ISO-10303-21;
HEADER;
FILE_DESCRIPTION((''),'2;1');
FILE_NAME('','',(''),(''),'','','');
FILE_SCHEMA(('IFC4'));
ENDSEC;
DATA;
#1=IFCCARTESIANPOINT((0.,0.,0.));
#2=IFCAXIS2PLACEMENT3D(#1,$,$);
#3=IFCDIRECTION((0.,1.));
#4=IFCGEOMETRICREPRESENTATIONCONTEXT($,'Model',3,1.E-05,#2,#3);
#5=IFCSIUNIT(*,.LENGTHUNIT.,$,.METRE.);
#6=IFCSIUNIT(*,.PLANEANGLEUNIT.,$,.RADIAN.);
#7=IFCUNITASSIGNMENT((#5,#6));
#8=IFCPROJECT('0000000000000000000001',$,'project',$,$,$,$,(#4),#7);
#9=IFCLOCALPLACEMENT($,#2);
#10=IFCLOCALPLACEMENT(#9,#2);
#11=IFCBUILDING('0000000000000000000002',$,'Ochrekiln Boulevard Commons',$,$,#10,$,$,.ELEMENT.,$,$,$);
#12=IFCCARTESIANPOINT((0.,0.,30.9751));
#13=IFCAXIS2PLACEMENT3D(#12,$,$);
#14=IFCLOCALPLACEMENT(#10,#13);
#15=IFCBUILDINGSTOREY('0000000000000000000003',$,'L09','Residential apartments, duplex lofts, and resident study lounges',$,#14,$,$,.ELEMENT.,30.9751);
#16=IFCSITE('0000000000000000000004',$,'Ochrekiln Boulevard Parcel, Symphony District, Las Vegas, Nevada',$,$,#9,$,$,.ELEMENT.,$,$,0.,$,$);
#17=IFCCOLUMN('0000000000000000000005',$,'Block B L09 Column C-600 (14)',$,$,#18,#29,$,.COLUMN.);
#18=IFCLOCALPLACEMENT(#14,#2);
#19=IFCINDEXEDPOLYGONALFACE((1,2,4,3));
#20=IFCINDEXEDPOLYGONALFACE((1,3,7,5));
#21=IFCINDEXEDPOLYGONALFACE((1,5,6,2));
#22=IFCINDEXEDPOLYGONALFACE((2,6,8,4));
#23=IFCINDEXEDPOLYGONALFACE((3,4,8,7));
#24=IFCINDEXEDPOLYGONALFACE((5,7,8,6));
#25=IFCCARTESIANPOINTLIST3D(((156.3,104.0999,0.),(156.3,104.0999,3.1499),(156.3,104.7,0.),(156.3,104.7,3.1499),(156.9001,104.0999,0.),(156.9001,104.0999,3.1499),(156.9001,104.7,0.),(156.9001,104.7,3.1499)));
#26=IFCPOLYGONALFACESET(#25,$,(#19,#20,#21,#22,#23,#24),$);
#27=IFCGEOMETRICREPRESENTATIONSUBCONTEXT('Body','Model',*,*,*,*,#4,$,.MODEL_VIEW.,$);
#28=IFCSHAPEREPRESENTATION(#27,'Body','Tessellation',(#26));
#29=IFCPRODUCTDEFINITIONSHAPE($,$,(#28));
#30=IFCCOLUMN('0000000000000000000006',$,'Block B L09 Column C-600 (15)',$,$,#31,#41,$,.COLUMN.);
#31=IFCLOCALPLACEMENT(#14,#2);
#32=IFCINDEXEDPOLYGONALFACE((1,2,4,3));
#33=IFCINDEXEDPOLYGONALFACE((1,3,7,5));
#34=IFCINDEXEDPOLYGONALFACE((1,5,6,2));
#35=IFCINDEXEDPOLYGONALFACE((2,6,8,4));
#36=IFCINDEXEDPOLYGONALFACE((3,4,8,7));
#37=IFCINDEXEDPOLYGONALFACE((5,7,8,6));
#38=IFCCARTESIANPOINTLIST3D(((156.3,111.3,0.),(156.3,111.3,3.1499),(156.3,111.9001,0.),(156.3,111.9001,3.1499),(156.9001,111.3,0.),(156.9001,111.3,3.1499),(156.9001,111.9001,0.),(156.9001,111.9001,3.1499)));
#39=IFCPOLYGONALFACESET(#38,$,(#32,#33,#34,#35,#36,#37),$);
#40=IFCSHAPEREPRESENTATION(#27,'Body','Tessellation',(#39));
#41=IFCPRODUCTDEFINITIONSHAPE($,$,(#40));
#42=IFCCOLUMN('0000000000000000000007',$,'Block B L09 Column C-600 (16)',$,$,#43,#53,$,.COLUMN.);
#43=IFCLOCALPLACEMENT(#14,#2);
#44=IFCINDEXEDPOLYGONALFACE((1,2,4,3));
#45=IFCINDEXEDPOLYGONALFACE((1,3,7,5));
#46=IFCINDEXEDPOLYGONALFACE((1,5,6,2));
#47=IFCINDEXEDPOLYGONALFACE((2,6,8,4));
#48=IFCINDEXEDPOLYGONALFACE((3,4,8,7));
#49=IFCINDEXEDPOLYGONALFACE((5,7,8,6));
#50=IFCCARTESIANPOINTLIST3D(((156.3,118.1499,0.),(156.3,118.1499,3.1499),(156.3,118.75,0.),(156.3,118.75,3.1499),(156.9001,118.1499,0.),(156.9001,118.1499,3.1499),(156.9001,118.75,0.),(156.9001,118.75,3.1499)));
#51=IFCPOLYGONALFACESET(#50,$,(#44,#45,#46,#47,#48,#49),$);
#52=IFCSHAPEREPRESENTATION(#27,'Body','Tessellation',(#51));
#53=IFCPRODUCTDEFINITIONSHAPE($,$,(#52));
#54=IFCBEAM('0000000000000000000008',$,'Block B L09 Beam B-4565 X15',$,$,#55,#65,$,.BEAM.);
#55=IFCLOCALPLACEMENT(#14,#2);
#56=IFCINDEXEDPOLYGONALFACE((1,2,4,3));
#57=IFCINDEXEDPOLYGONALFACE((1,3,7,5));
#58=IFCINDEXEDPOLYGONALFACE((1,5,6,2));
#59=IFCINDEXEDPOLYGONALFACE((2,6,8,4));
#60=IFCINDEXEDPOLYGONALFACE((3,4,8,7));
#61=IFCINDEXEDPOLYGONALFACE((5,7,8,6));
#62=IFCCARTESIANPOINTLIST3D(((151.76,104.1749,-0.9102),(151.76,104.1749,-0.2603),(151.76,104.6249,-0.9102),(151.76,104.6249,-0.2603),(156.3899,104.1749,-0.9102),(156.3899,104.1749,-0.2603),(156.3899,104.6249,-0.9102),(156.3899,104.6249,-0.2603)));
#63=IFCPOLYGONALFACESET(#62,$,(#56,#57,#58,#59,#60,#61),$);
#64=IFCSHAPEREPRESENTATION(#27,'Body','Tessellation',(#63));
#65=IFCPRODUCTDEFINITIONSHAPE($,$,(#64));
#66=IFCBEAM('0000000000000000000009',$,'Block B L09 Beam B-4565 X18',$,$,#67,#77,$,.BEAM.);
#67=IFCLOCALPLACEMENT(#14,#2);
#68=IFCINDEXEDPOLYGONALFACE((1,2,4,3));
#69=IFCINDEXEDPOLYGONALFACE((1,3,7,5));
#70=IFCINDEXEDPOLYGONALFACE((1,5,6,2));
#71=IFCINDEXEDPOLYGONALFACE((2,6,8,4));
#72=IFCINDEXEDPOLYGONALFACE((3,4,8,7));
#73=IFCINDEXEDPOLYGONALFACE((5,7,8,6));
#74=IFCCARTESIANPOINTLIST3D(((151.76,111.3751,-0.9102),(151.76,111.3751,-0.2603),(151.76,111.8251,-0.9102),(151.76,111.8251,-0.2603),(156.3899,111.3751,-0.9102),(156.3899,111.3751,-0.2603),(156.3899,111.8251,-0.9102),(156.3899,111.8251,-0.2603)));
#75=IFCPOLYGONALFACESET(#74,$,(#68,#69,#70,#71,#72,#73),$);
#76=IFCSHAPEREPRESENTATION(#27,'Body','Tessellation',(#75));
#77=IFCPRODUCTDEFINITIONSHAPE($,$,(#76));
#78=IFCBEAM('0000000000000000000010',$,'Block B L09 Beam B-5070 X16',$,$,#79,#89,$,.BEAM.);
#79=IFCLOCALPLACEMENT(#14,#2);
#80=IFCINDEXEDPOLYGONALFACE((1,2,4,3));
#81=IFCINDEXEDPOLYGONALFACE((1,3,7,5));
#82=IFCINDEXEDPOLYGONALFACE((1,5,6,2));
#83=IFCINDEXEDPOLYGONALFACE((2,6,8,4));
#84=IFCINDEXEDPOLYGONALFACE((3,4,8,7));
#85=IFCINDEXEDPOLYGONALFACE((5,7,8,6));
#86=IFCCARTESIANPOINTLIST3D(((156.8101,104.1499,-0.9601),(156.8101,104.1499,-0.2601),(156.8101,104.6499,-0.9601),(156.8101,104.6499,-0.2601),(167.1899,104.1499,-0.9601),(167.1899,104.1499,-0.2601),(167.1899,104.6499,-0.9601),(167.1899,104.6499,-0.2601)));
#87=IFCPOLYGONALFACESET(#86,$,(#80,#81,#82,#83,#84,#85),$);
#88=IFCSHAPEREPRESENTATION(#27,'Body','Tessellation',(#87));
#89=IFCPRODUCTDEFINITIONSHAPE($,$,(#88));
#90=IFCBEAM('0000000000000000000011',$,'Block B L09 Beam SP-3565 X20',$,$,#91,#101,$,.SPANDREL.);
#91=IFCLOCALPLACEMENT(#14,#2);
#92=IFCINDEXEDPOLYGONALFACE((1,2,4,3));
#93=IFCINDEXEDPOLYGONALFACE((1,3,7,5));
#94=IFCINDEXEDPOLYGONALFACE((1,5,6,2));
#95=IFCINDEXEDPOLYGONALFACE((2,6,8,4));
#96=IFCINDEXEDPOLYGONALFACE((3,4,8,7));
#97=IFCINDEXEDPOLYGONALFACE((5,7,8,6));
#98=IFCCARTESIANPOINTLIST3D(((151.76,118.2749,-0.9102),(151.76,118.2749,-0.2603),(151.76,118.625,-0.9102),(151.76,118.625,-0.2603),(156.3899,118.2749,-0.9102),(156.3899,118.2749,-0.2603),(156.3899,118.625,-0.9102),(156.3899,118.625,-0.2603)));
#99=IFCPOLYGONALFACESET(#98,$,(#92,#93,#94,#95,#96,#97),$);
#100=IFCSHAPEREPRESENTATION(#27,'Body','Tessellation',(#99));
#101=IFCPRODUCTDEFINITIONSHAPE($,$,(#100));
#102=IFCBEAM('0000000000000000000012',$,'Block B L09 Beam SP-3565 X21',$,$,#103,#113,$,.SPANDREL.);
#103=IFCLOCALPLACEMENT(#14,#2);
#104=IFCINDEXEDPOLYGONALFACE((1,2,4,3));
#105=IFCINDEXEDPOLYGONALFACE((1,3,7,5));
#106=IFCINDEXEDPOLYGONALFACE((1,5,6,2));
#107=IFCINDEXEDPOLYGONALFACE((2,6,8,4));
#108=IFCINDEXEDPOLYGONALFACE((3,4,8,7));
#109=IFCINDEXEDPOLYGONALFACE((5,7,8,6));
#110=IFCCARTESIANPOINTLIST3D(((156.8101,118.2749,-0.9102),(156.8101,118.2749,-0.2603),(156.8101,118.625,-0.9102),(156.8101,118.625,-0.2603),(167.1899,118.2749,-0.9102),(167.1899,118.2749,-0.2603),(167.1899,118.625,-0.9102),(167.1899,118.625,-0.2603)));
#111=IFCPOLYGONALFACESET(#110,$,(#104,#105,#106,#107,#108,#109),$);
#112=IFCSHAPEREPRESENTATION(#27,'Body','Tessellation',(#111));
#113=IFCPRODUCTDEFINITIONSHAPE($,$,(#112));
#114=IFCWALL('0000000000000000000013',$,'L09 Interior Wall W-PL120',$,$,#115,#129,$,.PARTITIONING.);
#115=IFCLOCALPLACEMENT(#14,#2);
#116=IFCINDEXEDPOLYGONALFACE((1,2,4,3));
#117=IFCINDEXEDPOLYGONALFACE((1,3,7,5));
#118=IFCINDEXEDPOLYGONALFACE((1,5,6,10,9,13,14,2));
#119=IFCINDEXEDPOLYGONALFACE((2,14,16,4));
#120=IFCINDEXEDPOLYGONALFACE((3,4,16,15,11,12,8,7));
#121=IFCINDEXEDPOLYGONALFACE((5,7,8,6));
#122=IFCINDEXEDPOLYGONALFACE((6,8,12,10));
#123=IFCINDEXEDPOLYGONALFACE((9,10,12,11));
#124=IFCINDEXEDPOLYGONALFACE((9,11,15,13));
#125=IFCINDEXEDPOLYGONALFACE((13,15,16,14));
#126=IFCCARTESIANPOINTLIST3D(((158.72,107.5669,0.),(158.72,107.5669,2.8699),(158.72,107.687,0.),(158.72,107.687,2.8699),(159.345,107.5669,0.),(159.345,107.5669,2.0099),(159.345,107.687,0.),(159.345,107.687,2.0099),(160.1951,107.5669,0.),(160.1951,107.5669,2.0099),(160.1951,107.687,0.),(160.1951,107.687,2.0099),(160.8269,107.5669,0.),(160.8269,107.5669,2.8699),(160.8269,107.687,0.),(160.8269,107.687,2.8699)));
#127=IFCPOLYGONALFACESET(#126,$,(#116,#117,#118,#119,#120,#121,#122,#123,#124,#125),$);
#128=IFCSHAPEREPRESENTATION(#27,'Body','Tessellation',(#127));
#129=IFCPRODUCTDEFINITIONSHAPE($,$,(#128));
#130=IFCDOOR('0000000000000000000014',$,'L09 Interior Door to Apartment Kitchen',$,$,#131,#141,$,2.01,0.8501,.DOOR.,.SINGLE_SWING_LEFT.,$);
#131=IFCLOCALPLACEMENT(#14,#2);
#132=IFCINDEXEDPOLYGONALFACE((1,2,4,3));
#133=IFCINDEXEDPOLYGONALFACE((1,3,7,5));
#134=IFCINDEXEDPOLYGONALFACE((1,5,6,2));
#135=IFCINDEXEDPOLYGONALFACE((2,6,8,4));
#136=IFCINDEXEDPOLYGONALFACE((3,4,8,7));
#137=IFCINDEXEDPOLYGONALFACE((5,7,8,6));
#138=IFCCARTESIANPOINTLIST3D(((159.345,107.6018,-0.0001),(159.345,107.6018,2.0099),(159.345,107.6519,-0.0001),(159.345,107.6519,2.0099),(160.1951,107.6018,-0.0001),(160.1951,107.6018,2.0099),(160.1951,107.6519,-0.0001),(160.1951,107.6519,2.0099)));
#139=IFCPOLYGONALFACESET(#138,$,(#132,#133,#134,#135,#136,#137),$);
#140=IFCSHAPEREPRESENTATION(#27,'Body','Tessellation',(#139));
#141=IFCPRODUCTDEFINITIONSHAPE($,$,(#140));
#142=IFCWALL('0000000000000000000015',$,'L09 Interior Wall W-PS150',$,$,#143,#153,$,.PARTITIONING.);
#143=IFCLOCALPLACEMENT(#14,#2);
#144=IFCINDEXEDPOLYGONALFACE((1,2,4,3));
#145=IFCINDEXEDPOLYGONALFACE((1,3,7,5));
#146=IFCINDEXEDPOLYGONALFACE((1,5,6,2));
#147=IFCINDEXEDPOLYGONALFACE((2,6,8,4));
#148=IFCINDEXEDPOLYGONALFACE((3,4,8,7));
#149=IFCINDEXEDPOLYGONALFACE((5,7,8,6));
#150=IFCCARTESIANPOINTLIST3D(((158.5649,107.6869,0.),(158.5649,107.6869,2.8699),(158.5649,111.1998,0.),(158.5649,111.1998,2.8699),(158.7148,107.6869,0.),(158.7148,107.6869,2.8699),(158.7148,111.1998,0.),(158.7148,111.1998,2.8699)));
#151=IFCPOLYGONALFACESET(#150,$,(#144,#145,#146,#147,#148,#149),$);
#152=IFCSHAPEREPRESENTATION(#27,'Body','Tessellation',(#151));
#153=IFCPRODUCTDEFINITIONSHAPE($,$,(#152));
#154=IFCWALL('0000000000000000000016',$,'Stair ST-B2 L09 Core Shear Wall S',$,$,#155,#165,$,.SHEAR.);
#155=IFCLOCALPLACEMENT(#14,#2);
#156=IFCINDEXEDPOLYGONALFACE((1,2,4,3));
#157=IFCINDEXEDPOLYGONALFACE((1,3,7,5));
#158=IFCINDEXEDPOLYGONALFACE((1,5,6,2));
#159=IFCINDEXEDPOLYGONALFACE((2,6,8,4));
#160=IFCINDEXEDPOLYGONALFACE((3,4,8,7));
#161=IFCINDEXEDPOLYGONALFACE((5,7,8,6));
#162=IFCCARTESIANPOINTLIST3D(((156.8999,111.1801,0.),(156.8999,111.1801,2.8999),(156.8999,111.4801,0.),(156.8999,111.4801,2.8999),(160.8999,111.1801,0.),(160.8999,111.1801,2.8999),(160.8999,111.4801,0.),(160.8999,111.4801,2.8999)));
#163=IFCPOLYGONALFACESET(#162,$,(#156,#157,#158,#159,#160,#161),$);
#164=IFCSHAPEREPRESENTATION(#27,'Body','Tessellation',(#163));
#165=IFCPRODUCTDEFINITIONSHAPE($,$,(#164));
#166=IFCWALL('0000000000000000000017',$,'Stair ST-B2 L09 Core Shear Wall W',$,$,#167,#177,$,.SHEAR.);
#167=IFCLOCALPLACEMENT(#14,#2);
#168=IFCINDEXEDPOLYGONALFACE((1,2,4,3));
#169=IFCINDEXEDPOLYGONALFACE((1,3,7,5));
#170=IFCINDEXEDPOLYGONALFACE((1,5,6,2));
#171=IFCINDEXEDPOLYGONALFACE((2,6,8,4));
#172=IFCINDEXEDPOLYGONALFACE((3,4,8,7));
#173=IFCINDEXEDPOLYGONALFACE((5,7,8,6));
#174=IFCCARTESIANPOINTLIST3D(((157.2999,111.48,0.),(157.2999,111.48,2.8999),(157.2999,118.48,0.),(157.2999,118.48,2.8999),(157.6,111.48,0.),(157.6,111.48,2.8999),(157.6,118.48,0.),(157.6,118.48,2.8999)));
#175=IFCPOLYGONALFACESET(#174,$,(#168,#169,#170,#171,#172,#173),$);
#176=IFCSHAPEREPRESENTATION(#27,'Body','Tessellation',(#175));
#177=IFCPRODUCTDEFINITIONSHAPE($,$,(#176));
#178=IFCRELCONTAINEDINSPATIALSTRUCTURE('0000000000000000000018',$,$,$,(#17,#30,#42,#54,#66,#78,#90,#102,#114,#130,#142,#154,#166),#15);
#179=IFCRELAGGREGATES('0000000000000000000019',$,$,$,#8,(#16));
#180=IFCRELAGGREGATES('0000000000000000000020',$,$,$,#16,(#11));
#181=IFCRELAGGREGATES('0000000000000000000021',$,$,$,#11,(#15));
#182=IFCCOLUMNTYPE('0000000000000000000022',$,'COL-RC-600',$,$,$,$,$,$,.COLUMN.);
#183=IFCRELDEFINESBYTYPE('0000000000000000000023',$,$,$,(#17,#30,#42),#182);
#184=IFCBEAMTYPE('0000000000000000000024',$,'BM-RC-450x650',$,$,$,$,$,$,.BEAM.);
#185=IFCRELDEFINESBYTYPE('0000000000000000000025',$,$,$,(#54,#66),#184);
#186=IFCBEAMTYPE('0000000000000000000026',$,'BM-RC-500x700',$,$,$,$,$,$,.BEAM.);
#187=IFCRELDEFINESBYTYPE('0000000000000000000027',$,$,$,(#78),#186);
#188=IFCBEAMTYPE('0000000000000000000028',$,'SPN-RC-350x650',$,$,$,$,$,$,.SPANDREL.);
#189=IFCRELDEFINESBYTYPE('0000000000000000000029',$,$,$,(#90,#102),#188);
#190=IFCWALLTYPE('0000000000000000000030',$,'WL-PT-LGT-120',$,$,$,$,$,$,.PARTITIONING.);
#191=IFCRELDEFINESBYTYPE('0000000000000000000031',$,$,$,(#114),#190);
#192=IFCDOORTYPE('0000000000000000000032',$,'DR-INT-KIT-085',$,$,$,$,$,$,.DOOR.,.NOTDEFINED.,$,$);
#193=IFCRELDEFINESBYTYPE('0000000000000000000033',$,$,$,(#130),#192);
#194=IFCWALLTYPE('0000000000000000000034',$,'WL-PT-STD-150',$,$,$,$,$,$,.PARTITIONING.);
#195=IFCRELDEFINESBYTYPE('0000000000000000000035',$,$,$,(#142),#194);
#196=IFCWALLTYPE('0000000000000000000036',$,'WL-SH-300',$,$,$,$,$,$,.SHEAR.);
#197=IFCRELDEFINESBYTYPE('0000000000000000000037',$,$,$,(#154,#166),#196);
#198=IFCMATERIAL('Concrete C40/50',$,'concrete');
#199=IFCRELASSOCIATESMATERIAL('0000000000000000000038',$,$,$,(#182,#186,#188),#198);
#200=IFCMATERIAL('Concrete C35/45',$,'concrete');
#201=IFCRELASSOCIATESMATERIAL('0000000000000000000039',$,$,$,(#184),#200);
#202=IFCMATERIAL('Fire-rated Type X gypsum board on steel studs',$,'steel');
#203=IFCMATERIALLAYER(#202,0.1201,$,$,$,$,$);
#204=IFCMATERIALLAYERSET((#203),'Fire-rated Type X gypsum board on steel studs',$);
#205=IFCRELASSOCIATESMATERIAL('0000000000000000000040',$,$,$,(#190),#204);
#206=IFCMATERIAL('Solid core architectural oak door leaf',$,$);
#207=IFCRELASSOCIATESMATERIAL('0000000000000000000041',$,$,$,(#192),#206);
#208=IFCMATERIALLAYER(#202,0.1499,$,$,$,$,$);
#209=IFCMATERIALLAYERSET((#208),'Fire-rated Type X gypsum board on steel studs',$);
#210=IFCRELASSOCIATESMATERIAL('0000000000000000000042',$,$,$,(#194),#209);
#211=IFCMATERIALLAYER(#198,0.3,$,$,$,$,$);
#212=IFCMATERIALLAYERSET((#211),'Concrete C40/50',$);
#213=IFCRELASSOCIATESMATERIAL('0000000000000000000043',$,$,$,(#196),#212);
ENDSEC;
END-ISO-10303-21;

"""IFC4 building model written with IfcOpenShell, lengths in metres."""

from ifc_helpers import new_model, si_unit, direction, frame, frame_2d, origin, origin_2d, place, context, subcontext, project, spatial, rectangle, extrude, material, layer, layer_set, material_profile, profile_set, type_object, element, fill, save


model = new_model("IFC4")

# Units and contexts
model_context = context("Model", 3, precision=1e-05, world=origin(), true_north=direction((0.0, 1.0)))
body_context = subcontext(model_context, "Body", "Model", "MODEL_VIEW")
ifc_project = project(units=[si_unit("LENGTHUNIT", "METRE"), si_unit("PLANEANGLEUNIT", "RADIAN")], contexts=[model_context])

# Site, building, storey
site_placement = place(None, origin())
site = spatial("IfcSite", under=ifc_project, at=site_placement, Name="Ochrekiln Boulevard Parcel, Symphony District, Las Vegas, Nevada", CompositionType="ELEMENT", RefElevation=0.0)
building_placement = place(site_placement, origin())
building = spatial("IfcBuilding", under=site, at=building_placement, Name="Ochrekiln Boulevard Commons", CompositionType="ELEMENT")
storey_placement = place(building_placement, frame((0.0, 0.0, 30.9751)))
storey = spatial("IfcBuildingStorey", under=building, at=storey_placement, Name="L09", Description="Residential apartments, duplex lofts, and resident study lounges", CompositionType="ELEMENT", Elevation=30.9751)

# Columns
ifc_material_1 = material(Name="Concrete C40/50", Category="concrete")
ifc_material_profile_1 = material_profile(ifc_material_1, rectangle(XDim=0.6001, YDim=0.6001, at=origin_2d()), Name="RC-COL-600x600")
ifc_profile_set_1 = profile_set([ifc_material_profile_1], Name="Concrete C40/50")
column_type = type_object("IfcColumnType", Name="COL-RC-600", PredefinedType="COLUMN", material=ifc_profile_set_1)
for number, where, z_axis, x_axis, name in (
    (1, (156.6001, 104.3999, 0.0), (0.0, 0.0, 1.0), (1.0, 0.0, 0.0), "Block B L09 Column C-600 (14)"),
    (2, (156.6001, 111.6001, 0.0), (0.0, 0.0, 1.0), (1.0, 0.0, 0.0), "Block B L09 Column C-600 (15)"),
    (3, (156.6001, 118.45, 0.0), (0.0, 0.0, 1.0), (1.0, 0.0, 0.0), "Block B L09 Column C-600 (16)"),
):
    element("IfcColumn", number, at=place(storey_placement, frame(where, z_axis=z_axis, x_axis=x_axis)), inside=storey, type_object=column_type, Name=name, PredefinedType="COLUMN", context=body_context, shape_type="SweptSolid", body=[
        extrude(rectangle(XDim=0.6001, YDim=0.6001, at=origin_2d()), origin(), (0.0, 0.0, 1.0), 3.1499),
    ])

# Beams
ifc_material_2 = material(Name="Concrete C35/45", Category="concrete")
ifc_material_profile_2 = material_profile(ifc_material_2, rectangle(XDim=0.45, YDim=0.6499, at=origin_2d()), Name="RC-BM-450x650")
ifc_profile_set_2 = profile_set([ifc_material_profile_2], Name="Concrete C35/45")
beam_type_1 = type_object("IfcBeamType", Name="BM-RC-450x650", PredefinedType="BEAM", material=ifc_profile_set_2)
for number, where, z_axis, x_axis, name in (
    (4, (151.76, 104.3999, -0.5852), (1.0, 0.0, 0.0), (0.0, 1.0, 0.0), "Block B L09 Beam B-4565 X15"),
    (5, (151.76, 111.6001, -0.5852), (1.0, 0.0, 0.0), (0.0, 1.0, 0.0), "Block B L09 Beam B-4565 X18"),
):
    element("IfcBeam", number, at=place(storey_placement, frame(where, z_axis=z_axis, x_axis=x_axis)), inside=storey, type_object=beam_type_1, Name=name, PredefinedType="BEAM", context=body_context, shape_type="SweptSolid", body=[
        extrude(rectangle(XDim=0.45, YDim=0.6499, at=origin_2d()), origin(), (0.0, 0.0, 1.0), 4.6299),
    ])
ifc_material_profile_3 = material_profile(ifc_material_1, rectangle(XDim=0.5, YDim=0.7, at=origin_2d()), Name="RC-BM-500x700")
ifc_profile_set_3 = profile_set([ifc_material_profile_3], Name="Concrete C40/50")
beam_type_2 = type_object("IfcBeamType", Name="BM-RC-500x700", PredefinedType="BEAM", material=ifc_profile_set_3)
beam_1_placement = place(storey_placement, frame((156.8101, 104.3999, -0.6101), z_axis=(1.0, 0.0, 0.0), x_axis=(0.0, 1.0, 0.0)))
element("IfcBeam", 6, at=beam_1_placement, inside=storey, type_object=beam_type_2, Name="Block B L09 Beam B-5070 X16", PredefinedType="BEAM", context=body_context, shape_type="SweptSolid", body=[
    extrude(rectangle(XDim=0.5, YDim=0.7, at=origin_2d()), origin(), (0.0, 0.0, 1.0), 10.3799),
])
ifc_material_profile_4 = material_profile(ifc_material_1, rectangle(XDim=0.3501, YDim=0.6499, at=origin_2d()), Name="RC-SPN-350x650")
ifc_profile_set_4 = profile_set([ifc_material_profile_4], Name="Concrete C40/50")
beam_type_3 = type_object("IfcBeamType", Name="SPN-RC-350x650", PredefinedType="SPANDREL", material=ifc_profile_set_4)
beam_2_placement = place(storey_placement, frame((151.76, 118.45, -0.5852), z_axis=(1.0, 0.0, 0.0), x_axis=(0.0, 1.0, 0.0)))
element("IfcBeam", 7, at=beam_2_placement, inside=storey, type_object=beam_type_3, Name="Block B L09 Beam SP-3565 X20", PredefinedType="SPANDREL", context=body_context, shape_type="SweptSolid", body=[
    extrude(rectangle(XDim=0.3501, YDim=0.6499, at=origin_2d()), origin(), (0.0, 0.0, 1.0), 4.6299),
])
beam_3_placement = place(storey_placement, frame((156.8101, 118.45, -0.5852), z_axis=(1.0, 0.0, 0.0), x_axis=(0.0, 1.0, 0.0)))
element("IfcBeam", 8, at=beam_3_placement, inside=storey, type_object=beam_type_3, Name="Block B L09 Beam SP-3565 X21", PredefinedType="SPANDREL", context=body_context, shape_type="SweptSolid", body=[
    extrude(rectangle(XDim=0.3501, YDim=0.6499, at=origin_2d()), origin(), (0.0, 0.0, 1.0), 10.3799),
])

# Wall, opening, door
ifc_material_3 = material(Name="Fire-rated Type X gypsum board on steel studs", Category="steel")
ifc_layer_1 = layer(ifc_material_3, 0.1201)
ifc_layer_set_1 = layer_set([ifc_layer_1], Name="Fire-rated Type X gypsum board on steel studs")
wall_type_1 = type_object("IfcWallType", Name="WL-PT-LGT-120", PredefinedType="PARTITIONING", material=ifc_layer_set_1)
wall_1_placement = place(storey_placement, frame((158.72, 107.627, 0.0), z_axis=(0.0, 0.0, 1.0), x_axis=(1.0, 0.0, 0.0)))
wall_1 = element("IfcWall", 9, at=wall_1_placement, inside=storey, type_object=wall_type_1, Name="L09 Interior Wall W-PL120", PredefinedType="PARTITIONING", context=body_context, shape_type="SweptSolid", body=[
    extrude(rectangle(XDim=2.1069, YDim=0.1201, at=frame_2d((1.0535, 0.0))), origin(), (0.0, 0.0, 1.0), 2.8699),
])
opening_1_placement = place(wall_1_placement, frame((0.625, 0.0, 0.0)))
opening_1 = element("IfcOpeningElement", 10, at=opening_1_placement, cuts=wall_1, PredefinedType="OPENING", context=body_context, shape_type="SweptSolid", body=[
    extrude(rectangle(XDim=0.8501, YDim=2.01, at=frame_2d((0.425, 1.0049))), frame((0.0, 0.0701, 0.0), z_axis=(0.0, -1.0, 0.0), x_axis=(1.0, 0.0, 0.0)), (0.0, 0.0, 1.0), 0.1401),
])
ifc_material_4 = material(Name="Solid core architectural oak door leaf")
door_type_1 = type_object("IfcDoorType", Name="DR-INT-KIT-085", OperationType="NOTDEFINED", PredefinedType="DOOR", material=ifc_material_4)
door_1_placement = place(opening_1_placement, origin())
door_1 = element("IfcDoor", 11, at=door_1_placement, inside=storey, type_object=door_type_1, Name="L09 Interior Door to Apartment Kitchen", OperationType="SINGLE_SWING_LEFT", OverallHeight=2.01, OverallWidth=0.8501, PredefinedType="DOOR", context=body_context, shape_type="SweptSolid", body=[
    extrude(rectangle(XDim=0.8501, YDim=2.01, at=frame_2d((0.425, 1.0049))), frame((0.0, 0.0249, 0.0), z_axis=(0.0, -1.0, 0.0), x_axis=(1.0, 0.0, 0.0)), (0.0, 0.0, 1.0), 0.05),
])
fill(opening_1, door_1)

# Walls
ifc_layer_2 = layer(ifc_material_3, 0.1499)
ifc_layer_set_2 = layer_set([ifc_layer_2], Name="Fire-rated Type X gypsum board on steel studs")
wall_type_2 = type_object("IfcWallType", Name="WL-PT-STD-150", PredefinedType="PARTITIONING", material=ifc_layer_set_2)
wall_2_placement = place(storey_placement, frame((158.6399, 107.687, 0.0), z_axis=(0.0, 0.0, 1.0), x_axis=(0.0, 1.0, 0.0)))
element("IfcWall", 12, at=wall_2_placement, inside=storey, type_object=wall_type_2, Name="L09 Interior Wall W-PS150", PredefinedType="PARTITIONING", context=body_context, shape_type="SweptSolid", body=[
    extrude(rectangle(XDim=3.5129, YDim=0.1499, at=frame_2d((1.7563, 0.0))), origin(), (0.0, 0.0, 1.0), 2.8699),
])
ifc_layer_3 = layer(ifc_material_1, 0.3)
ifc_layer_set_3 = layer_set([ifc_layer_3], Name="Concrete C40/50")
wall_type_3 = type_object("IfcWallType", Name="WL-SH-300", PredefinedType="SHEAR", material=ifc_layer_set_3)
wall_3_placement = place(storey_placement, frame((156.8999, 111.3301, 0.0), z_axis=(0.0, 0.0, 1.0), x_axis=(1.0, 0.0, 0.0)))
element("IfcWall", 13, at=wall_3_placement, inside=storey, type_object=wall_type_3, Name="Stair ST-B2 L09 Core Shear Wall S", PredefinedType="SHEAR", context=body_context, shape_type="SweptSolid", body=[
    extrude(rectangle(XDim=4.0, YDim=0.3, at=frame_2d((2.0, 0.0))), origin(), (0.0, 0.0, 1.0), 2.8999),
])
wall_4_placement = place(storey_placement, frame((157.45, 111.48, 0.0), z_axis=(0.0, 0.0, 1.0), x_axis=(0.0, 1.0, 0.0)))
element("IfcWall", 14, at=wall_4_placement, inside=storey, type_object=wall_type_3, Name="Stair ST-B2 L09 Core Shear Wall W", PredefinedType="SHEAR", context=body_context, shape_type="SweptSolid", body=[
    extrude(rectangle(XDim=7.0, YDim=0.3, at=frame_2d((3.5, 0.0))), origin(), (0.0, 0.0, 1.0), 2.8999),
])

save(model, "model.ifc")
